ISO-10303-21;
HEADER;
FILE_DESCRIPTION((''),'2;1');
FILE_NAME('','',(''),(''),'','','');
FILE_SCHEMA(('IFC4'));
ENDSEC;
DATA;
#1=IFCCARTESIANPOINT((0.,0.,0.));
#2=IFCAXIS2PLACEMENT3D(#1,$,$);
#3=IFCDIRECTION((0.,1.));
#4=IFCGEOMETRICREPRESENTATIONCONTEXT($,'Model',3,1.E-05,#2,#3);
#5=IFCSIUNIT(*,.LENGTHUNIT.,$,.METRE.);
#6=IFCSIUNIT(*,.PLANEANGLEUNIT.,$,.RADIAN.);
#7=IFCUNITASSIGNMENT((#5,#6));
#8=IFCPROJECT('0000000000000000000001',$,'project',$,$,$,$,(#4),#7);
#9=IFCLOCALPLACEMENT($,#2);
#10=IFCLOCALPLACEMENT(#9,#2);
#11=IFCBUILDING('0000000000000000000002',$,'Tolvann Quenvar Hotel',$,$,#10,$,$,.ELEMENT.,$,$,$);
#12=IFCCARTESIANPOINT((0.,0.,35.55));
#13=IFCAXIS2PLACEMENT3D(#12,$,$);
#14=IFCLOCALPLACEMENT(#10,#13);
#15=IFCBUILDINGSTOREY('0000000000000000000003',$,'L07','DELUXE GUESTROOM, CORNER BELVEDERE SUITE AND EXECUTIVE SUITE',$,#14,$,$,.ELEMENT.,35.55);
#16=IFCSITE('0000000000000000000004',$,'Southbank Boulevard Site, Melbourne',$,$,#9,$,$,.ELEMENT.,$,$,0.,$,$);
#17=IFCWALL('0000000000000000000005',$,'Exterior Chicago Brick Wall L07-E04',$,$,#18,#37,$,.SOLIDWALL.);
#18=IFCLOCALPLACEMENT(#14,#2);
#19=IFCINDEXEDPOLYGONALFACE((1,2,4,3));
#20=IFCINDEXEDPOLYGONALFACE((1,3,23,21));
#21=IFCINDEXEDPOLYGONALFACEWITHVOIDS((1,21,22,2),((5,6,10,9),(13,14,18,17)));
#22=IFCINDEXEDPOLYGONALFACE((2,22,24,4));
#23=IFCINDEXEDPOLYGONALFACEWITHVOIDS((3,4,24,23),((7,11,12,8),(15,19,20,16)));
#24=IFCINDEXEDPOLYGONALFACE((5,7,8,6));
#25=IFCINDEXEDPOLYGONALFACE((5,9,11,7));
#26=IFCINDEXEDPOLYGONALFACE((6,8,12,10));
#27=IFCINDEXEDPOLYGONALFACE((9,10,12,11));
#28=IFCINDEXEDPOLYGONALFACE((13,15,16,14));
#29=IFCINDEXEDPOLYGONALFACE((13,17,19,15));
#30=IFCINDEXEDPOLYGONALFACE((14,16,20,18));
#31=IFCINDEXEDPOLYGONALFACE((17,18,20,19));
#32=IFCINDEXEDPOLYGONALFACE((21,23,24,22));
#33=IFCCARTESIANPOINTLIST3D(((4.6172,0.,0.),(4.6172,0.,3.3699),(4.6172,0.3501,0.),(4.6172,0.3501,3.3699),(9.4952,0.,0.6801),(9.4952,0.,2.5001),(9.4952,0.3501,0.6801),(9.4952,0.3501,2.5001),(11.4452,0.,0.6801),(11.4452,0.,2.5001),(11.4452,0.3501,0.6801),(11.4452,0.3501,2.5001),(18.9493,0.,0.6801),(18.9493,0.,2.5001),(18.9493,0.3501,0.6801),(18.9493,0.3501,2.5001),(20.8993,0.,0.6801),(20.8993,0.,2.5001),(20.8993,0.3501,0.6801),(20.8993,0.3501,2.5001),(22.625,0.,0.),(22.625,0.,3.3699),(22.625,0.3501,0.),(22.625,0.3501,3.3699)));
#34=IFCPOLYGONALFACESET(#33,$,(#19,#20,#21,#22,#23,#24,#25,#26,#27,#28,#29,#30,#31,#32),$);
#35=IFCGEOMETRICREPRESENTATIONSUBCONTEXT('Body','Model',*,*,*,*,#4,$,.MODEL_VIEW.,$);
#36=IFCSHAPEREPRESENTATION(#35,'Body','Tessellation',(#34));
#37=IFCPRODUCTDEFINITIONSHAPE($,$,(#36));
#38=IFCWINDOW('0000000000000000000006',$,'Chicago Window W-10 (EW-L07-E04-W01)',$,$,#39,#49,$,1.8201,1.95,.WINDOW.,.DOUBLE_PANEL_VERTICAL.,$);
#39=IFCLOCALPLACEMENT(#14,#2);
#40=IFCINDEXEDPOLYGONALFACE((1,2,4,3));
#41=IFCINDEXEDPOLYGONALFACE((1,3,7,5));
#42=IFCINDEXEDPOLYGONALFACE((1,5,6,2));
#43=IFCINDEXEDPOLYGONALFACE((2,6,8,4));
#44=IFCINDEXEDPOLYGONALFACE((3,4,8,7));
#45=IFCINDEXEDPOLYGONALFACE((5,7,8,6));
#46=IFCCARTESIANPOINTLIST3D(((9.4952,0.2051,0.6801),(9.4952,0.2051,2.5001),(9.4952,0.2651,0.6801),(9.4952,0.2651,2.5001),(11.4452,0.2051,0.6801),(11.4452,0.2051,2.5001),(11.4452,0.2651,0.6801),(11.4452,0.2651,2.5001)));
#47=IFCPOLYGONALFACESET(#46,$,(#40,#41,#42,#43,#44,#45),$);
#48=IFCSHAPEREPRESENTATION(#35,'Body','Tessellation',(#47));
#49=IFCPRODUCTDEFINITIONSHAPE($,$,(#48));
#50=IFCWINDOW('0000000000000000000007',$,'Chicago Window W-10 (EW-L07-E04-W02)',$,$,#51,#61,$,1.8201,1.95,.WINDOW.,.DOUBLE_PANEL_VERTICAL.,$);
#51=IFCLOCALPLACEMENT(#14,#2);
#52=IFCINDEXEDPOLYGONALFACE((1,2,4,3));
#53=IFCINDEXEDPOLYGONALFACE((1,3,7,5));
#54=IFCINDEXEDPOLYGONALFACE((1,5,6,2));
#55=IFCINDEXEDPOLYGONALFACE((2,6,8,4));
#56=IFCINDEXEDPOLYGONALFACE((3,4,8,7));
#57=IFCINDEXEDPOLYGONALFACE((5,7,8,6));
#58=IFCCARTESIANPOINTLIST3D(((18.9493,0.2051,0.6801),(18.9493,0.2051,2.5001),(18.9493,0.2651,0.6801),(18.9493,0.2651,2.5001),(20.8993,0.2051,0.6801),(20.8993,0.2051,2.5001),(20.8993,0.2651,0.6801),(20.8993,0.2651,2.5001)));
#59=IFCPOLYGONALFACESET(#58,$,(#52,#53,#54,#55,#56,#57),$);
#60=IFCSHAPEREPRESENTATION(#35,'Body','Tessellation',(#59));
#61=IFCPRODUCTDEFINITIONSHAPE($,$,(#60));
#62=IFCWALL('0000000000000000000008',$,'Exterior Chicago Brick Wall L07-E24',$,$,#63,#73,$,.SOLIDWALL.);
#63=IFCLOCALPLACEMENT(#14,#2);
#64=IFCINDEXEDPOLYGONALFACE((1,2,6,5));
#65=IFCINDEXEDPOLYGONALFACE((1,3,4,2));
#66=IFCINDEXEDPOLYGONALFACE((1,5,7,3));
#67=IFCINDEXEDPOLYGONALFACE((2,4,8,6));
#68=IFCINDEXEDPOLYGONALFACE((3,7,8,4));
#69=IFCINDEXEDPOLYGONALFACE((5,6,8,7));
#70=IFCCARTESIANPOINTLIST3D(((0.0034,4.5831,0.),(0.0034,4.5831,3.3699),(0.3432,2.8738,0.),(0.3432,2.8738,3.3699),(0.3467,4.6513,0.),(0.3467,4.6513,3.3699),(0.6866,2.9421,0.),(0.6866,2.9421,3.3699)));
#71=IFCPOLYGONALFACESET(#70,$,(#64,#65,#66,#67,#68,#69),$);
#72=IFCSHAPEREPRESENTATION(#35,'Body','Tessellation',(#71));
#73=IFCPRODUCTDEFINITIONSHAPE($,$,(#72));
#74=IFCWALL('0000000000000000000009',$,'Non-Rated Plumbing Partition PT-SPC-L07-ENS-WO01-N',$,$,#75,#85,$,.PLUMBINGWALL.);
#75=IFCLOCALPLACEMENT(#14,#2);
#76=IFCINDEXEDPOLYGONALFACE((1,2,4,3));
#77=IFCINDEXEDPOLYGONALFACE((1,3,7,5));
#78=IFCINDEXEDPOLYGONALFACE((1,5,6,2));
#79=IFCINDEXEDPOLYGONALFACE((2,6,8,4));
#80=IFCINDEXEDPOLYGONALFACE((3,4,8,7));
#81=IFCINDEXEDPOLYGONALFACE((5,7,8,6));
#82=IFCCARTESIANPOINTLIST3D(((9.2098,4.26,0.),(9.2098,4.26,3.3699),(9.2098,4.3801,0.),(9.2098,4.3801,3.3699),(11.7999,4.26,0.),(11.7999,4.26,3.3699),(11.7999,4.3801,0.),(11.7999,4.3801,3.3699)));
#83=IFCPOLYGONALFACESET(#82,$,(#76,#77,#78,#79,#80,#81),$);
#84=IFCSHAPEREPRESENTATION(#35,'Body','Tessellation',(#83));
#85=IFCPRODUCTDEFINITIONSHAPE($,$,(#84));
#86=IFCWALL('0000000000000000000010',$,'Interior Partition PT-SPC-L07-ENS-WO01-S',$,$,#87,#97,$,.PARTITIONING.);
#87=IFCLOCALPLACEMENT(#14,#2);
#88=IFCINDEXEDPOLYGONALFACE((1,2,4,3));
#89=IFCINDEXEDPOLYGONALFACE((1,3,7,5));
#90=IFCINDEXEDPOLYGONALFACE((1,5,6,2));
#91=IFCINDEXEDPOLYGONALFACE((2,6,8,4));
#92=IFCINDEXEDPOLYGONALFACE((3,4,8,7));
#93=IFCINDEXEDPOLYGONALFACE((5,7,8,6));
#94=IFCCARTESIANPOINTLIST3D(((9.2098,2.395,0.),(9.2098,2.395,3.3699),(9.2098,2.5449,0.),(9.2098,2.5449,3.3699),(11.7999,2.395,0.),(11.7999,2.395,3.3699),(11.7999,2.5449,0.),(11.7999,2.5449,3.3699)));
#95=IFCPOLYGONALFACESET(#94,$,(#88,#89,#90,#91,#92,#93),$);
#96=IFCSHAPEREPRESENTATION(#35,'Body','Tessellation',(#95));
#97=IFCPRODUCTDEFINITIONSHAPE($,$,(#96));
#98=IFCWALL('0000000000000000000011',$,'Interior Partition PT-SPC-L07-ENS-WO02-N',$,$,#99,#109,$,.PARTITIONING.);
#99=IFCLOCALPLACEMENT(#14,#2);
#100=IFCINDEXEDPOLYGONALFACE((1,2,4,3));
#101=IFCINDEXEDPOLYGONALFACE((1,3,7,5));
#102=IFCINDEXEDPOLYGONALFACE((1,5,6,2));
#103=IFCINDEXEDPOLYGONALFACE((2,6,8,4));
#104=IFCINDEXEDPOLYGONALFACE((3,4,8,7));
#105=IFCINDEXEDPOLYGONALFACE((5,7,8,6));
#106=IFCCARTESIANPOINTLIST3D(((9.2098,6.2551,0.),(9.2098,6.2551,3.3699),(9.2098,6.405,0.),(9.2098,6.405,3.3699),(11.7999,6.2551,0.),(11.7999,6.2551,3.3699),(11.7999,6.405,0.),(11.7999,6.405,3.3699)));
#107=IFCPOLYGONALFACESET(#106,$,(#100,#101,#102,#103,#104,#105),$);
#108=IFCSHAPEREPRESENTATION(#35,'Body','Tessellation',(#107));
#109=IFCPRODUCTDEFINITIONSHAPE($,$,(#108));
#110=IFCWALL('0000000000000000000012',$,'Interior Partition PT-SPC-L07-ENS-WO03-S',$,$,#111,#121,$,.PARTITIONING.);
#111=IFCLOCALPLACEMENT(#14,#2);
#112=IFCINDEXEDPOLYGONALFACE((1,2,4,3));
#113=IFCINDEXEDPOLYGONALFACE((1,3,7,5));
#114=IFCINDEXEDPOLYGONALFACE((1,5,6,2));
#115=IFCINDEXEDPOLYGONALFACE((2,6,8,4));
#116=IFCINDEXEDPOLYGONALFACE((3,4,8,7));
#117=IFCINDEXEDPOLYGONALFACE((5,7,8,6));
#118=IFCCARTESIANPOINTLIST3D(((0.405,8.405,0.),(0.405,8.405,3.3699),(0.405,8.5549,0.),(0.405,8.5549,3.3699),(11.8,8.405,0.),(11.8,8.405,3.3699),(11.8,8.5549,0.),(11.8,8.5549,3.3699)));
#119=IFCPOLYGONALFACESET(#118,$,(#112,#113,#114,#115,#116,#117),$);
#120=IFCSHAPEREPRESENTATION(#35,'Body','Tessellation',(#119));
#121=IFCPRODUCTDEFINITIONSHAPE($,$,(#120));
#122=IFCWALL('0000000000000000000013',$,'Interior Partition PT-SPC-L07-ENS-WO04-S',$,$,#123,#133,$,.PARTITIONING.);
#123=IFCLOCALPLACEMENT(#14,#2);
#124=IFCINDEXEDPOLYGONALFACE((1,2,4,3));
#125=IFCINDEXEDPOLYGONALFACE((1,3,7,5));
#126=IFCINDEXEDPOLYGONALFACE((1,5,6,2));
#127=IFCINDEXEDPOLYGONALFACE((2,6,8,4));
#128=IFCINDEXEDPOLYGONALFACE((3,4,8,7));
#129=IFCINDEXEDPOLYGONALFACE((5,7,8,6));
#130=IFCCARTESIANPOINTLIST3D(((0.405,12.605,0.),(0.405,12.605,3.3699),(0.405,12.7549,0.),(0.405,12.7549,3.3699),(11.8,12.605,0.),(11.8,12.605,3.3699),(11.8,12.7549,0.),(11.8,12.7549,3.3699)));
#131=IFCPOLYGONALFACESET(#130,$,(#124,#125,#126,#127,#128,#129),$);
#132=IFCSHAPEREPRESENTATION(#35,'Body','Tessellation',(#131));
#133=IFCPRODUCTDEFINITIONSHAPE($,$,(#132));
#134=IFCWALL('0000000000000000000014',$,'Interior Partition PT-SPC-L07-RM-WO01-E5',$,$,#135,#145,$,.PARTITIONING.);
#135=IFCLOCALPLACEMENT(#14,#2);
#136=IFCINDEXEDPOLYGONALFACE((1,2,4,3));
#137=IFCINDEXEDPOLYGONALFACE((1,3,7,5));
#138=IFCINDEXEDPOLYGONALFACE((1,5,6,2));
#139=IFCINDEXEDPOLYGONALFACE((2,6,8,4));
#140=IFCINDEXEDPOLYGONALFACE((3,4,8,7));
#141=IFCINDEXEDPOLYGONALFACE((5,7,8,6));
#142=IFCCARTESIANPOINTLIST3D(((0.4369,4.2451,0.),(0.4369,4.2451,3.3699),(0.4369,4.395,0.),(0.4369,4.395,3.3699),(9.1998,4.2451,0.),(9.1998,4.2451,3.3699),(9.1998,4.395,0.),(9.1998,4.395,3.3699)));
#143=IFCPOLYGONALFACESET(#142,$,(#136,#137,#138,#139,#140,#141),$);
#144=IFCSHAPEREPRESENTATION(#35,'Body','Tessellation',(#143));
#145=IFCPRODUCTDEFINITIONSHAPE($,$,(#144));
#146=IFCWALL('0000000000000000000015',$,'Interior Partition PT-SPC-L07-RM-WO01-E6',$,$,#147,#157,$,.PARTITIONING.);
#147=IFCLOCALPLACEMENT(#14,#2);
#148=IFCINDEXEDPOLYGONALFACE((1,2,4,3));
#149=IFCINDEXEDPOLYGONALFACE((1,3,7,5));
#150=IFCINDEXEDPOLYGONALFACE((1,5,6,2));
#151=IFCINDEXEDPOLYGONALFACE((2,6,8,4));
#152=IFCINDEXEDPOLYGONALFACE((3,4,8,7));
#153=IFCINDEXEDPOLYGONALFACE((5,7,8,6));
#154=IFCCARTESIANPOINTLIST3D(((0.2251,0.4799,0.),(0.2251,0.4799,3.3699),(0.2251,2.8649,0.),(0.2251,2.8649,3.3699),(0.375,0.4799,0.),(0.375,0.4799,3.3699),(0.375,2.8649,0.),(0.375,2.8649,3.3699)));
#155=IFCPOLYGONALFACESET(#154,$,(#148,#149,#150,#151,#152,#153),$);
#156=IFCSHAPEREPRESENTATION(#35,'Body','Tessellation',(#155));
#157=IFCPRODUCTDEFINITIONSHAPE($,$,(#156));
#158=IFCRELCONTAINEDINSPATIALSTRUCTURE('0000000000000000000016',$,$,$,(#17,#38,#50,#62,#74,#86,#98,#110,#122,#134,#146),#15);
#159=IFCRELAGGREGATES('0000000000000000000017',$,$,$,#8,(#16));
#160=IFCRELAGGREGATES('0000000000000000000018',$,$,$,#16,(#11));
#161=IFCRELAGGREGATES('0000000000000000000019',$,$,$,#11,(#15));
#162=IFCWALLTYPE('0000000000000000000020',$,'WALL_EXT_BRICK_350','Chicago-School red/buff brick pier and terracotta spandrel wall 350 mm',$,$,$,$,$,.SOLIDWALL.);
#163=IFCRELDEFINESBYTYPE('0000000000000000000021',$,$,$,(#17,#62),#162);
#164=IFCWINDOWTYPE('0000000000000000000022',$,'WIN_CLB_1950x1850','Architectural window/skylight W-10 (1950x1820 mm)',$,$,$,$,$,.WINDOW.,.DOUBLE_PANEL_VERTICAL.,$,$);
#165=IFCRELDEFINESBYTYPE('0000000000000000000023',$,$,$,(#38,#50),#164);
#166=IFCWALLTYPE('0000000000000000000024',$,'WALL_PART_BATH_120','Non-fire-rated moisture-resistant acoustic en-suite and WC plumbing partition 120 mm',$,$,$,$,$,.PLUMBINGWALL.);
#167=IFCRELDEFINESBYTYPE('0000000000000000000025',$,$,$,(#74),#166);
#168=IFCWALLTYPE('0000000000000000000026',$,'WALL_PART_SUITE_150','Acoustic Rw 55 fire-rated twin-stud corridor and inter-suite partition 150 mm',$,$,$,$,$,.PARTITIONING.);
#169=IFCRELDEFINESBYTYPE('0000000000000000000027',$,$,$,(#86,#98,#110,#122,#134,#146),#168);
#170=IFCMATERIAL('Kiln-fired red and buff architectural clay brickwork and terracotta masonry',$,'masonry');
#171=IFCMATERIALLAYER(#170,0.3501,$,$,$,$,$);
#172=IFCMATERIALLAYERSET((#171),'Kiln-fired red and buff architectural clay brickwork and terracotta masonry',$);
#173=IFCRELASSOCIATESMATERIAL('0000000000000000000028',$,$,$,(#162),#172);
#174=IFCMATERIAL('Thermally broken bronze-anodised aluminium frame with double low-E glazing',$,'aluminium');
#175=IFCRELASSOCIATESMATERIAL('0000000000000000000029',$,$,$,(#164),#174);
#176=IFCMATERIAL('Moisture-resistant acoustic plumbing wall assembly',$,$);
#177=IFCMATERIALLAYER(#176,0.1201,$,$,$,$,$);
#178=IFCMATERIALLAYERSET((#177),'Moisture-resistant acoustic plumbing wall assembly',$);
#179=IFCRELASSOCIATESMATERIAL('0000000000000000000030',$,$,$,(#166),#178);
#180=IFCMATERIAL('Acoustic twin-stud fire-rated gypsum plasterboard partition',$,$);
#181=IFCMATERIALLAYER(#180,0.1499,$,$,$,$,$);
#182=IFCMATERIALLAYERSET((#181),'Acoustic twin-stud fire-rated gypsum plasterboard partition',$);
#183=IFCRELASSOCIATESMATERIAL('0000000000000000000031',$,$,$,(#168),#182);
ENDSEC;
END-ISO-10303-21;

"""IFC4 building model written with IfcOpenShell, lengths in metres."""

from ifc_helpers import new_model, si_unit, direction, frame, frame_2d, origin, place, context, subcontext, project, spatial, rectangle, extrude, source, transform, mapped, material, layer, layer_set, type_object, type_shapes, element, fill, save


model = new_model("IFC4")

# Units and contexts
model_context = context("Model", 3, precision=1e-05, world=origin(), true_north=direction((0.0, 1.0)))
body_context = subcontext(model_context, "Body", "Model", "MODEL_VIEW")
ifc_project = project(units=[si_unit("LENGTHUNIT", "METRE"), si_unit("PLANEANGLEUNIT", "RADIAN")], contexts=[model_context])

# Site, building, storey
site_placement = place(None, origin())
site = spatial("IfcSite", under=ifc_project, at=site_placement, Name="Southbank Boulevard Site, Melbourne", CompositionType="ELEMENT", RefElevation=0.0)
building_placement = place(site_placement, origin())
building = spatial("IfcBuilding", under=site, at=building_placement, Name="Tolvann Quenvar Hotel", CompositionType="ELEMENT")
storey_placement = place(building_placement, frame((0.0, 0.0, 35.55)))
storey = spatial("IfcBuildingStorey", under=building, at=storey_placement, Name="L07", Description="DELUXE GUESTROOM, CORNER BELVEDERE SUITE AND EXECUTIVE SUITE", CompositionType="ELEMENT", Elevation=35.55)

# Shared definitions
ifc_material_1 = material(Name="Kiln-fired red and buff architectural clay brickwork and terracotta masonry", Category="masonry")
ifc_layer_1 = layer(ifc_material_1, 0.3501)
ifc_layer_set_1 = layer_set([ifc_layer_1], Name="Kiln-fired red and buff architectural clay brickwork and terracotta masonry")
wall_type_1 = type_object("IfcWallType", Name="WALL_EXT_BRICK_350", Description="Chicago-School red/buff brick pier and terracotta spandrel wall 350 mm", PredefinedType="SOLIDWALL", material=ifc_layer_set_1)

# Wall, openings, windows
wall_1_placement = place(storey_placement, frame((4.6172, 0.175, 0.0), z_axis=(0.0, 0.0, 1.0), x_axis=(1.0, 0.0, 0.0)))
wall_1 = element("IfcWall", 1, at=wall_1_placement, inside=storey, type_object=wall_type_1, Name="Exterior Chicago Brick Wall L07-E04", PredefinedType="SOLIDWALL", context=body_context, shape_type="SweptSolid", body=[
    extrude(rectangle(XDim=18.0078, YDim=0.3501, at=frame_2d((9.0039, 0.0))), origin(), (0.0, 0.0, 1.0), 3.3699),
])
opening_1_placement = place(wall_1_placement, frame((4.8779, 0.0, 0.6799)))
opening_1 = element("IfcOpeningElement", 2, at=opening_1_placement, cuts=wall_1, PredefinedType="OPENING", context=body_context, shape_type="SweptSolid", body=[
    extrude(rectangle(XDim=1.95, YDim=1.8201, at=frame_2d((0.9751, 0.9102))), frame((0.0, 0.1851, 0.0), z_axis=(0.0, -1.0, 0.0), x_axis=(1.0, 0.0, 0.0)), (0.0, 0.0, 1.0), 0.3701),
])
opening_2_placement = place(wall_1_placement, frame((14.332, 0.0, 0.6799)))
opening_2 = element("IfcOpeningElement", 3, at=opening_2_placement, cuts=wall_1, PredefinedType="OPENING", context=body_context, shape_type="SweptSolid", body=[
    extrude(rectangle(XDim=1.95, YDim=1.8201, at=frame_2d((0.9751, 0.9102))), frame((0.0, 0.1851, 0.0), z_axis=(0.0, -1.0, 0.0), x_axis=(1.0, 0.0, 0.0)), (0.0, 0.0, 1.0), 0.3701),
])
ifc_material_2 = material(Name="Thermally broken bronze-anodised aluminium frame with double low-E glazing", Category="aluminium")
window_type = type_object("IfcWindowType", Name="WIN_CLB_1950x1850", Description="Architectural window/skylight W-10 (1950x1820 mm)", PartitioningType="DOUBLE_PANEL_VERTICAL", PredefinedType="WINDOW", material=ifc_material_2)
shared_shape_1 = source(origin(), body_context, "Body", "SweptSolid", [
    extrude(rectangle(XDim=1.95, YDim=1.8201, at=frame_2d((0.9751, 0.9102))), frame((0.0, 0.0901, 0.0), z_axis=(0.0, -1.0, 0.0), x_axis=(1.0, 0.0, 0.0)), (0.0, 0.0, 1.0), 0.0601),
])
type_shapes(window_type, [shared_shape_1])
window_1_placement = place(opening_1_placement, origin())
window_1 = element("IfcWindow", 4, at=window_1_placement, inside=storey, type_object=window_type, Name="Chicago Window W-10 (EW-L07-E04-W01)", OverallHeight=1.8201, OverallWidth=1.95, PartitioningType="DOUBLE_PANEL_VERTICAL", PredefinedType="WINDOW", context=body_context, shape_type="MappedRepresentation", body=[
    mapped(shared_shape_1, transform((0.0, 0.0, 0.0), x_axis=(1.0, 0.0, 0.0), y_axis=(0.0, 1.0, 0.0), z_axis=(0.0, 0.0, 1.0), scale=1.0)),
])
fill(opening_1, window_1)
window_2_placement = place(opening_2_placement, origin())
window_2 = element("IfcWindow", 5, at=window_2_placement, inside=storey, type_object=window_type, Name="Chicago Window W-10 (EW-L07-E04-W02)", OverallHeight=1.8201, OverallWidth=1.95, PartitioningType="DOUBLE_PANEL_VERTICAL", PredefinedType="WINDOW", context=body_context, shape_type="MappedRepresentation", body=[
    mapped(shared_shape_1, transform((0.0, 0.0, 0.0), x_axis=(1.0, 0.0, 0.0), y_axis=(0.0, 1.0, 0.0), z_axis=(0.0, 0.0, 1.0), scale=1.0)),
])
fill(opening_2, window_2)

# Walls
wall_2_placement = place(storey_placement, frame((0.175, 4.6172, 0.0), z_axis=(0.0, 0.0, 1.0), x_axis=(0.195011, -0.980801, 0.0)))
element("IfcWall", 6, at=wall_2_placement, inside=storey, type_object=wall_type_1, Name="Exterior Chicago Brick Wall L07-E24", PredefinedType="SOLIDWALL", context=body_context, shape_type="SweptSolid", body=[
    extrude(rectangle(XDim=1.7427, YDim=0.3501, at=frame_2d((0.8713, 0.0))), origin(), (0.0, 0.0, 1.0), 3.3699),
])
ifc_material_3 = material(Name="Moisture-resistant acoustic plumbing wall assembly")
ifc_layer_2 = layer(ifc_material_3, 0.1201)
ifc_layer_set_2 = layer_set([ifc_layer_2], Name="Moisture-resistant acoustic plumbing wall assembly")
wall_type_2 = type_object("IfcWallType", Name="WALL_PART_BATH_120", Description="Non-fire-rated moisture-resistant acoustic en-suite and WC plumbing partition 120 mm", PredefinedType="PLUMBINGWALL", material=ifc_layer_set_2)
wall_3_placement = place(storey_placement, frame((9.21, 4.3201, 0.0), z_axis=(0.0, 0.0, 1.0), x_axis=(1.0, 0.0, 0.0)))
element("IfcWall", 7, at=wall_3_placement, inside=storey, type_object=wall_type_2, Name="Non-Rated Plumbing Partition PT-SPC-L07-ENS-WO01-N", PredefinedType="PLUMBINGWALL", context=body_context, shape_type="SweptSolid", body=[
    extrude(rectangle(XDim=2.5901, YDim=0.1201, at=frame_2d((1.2949, 0.0))), origin(), (0.0, 0.0, 1.0), 3.3699),
])
ifc_material_4 = material(Name="Acoustic twin-stud fire-rated gypsum plasterboard partition")
ifc_layer_3 = layer(ifc_material_4, 0.1499)
ifc_layer_set_3 = layer_set([ifc_layer_3], Name="Acoustic twin-stud fire-rated gypsum plasterboard partition")
wall_type_3 = type_object("IfcWallType", Name="WALL_PART_SUITE_150", Description="Acoustic Rw 55 fire-rated twin-stud corridor and inter-suite partition 150 mm", PredefinedType="PARTITIONING", material=ifc_layer_set_3)
for number, where, z_axis, x_axis, name in (
    (8, (9.21, 2.47, 0.0), (0.0, 0.0, 1.0), (1.0, 0.0, 0.0), "Interior Partition PT-SPC-L07-ENS-WO01-S"),
    (9, (9.21, 6.3301, 0.0), (0.0, 0.0, 1.0), (1.0, 0.0, 0.0), "Interior Partition PT-SPC-L07-ENS-WO02-N"),
):
    element("IfcWall", number, at=place(storey_placement, frame(where, z_axis=z_axis, x_axis=x_axis)), inside=storey, type_object=wall_type_3, Name=name, PredefinedType="PARTITIONING", context=body_context, shape_type="SweptSolid", body=[
        extrude(rectangle(XDim=2.5901, YDim=0.1499, at=frame_2d((1.2949, 0.0))), origin(), (0.0, 0.0, 1.0), 3.3699),
    ])
for number, where, z_axis, x_axis, name in (
    (10, (0.405, 8.48, 0.0), (0.0, 0.0, 1.0), (1.0, 0.0, 0.0), "Interior Partition PT-SPC-L07-ENS-WO03-S"),
    (11, (0.405, 12.6799, 0.0), (0.0, 0.0, 1.0), (1.0, 0.0, 0.0), "Interior Partition PT-SPC-L07-ENS-WO04-S"),
):
    element("IfcWall", number, at=place(storey_placement, frame(where, z_axis=z_axis, x_axis=x_axis)), inside=storey, type_object=wall_type_3, Name=name, PredefinedType="PARTITIONING", context=body_context, shape_type="SweptSolid", body=[
        extrude(rectangle(XDim=11.395, YDim=0.1499, at=frame_2d((5.6975, 0.0))), origin(), (0.0, 0.0, 1.0), 3.3699),
    ])
wall_4_placement = place(storey_placement, frame((0.437, 4.3201, 0.0), z_axis=(0.0, 0.0, 1.0), x_axis=(1.0, 0.0, 0.0)))
element("IfcWall", 12, at=wall_4_placement, inside=storey, type_object=wall_type_3, Name="Interior Partition PT-SPC-L07-RM-WO01-E5", PredefinedType="PARTITIONING", context=body_context, shape_type="SweptSolid", body=[
    extrude(rectangle(XDim=8.7629, YDim=0.1499, at=frame_2d((4.3813, 0.0))), origin(), (0.0, 0.0, 1.0), 3.3699),
])
wall_5_placement = place(storey_placement, frame((0.3, 0.48, 0.0), z_axis=(0.0, 0.0, 1.0), x_axis=(0.0, 1.0, 0.0)))
element("IfcWall", 13, at=wall_5_placement, inside=storey, type_object=wall_type_3, Name="Interior Partition PT-SPC-L07-RM-WO01-E6", PredefinedType="PARTITIONING", context=body_context, shape_type="SweptSolid", body=[
    extrude(rectangle(XDim=2.385, YDim=0.1499, at=frame_2d((1.1924, 0.0))), origin(), (0.0, 0.0, 1.0), 3.3699),
])

save(model, "model.ifc")
